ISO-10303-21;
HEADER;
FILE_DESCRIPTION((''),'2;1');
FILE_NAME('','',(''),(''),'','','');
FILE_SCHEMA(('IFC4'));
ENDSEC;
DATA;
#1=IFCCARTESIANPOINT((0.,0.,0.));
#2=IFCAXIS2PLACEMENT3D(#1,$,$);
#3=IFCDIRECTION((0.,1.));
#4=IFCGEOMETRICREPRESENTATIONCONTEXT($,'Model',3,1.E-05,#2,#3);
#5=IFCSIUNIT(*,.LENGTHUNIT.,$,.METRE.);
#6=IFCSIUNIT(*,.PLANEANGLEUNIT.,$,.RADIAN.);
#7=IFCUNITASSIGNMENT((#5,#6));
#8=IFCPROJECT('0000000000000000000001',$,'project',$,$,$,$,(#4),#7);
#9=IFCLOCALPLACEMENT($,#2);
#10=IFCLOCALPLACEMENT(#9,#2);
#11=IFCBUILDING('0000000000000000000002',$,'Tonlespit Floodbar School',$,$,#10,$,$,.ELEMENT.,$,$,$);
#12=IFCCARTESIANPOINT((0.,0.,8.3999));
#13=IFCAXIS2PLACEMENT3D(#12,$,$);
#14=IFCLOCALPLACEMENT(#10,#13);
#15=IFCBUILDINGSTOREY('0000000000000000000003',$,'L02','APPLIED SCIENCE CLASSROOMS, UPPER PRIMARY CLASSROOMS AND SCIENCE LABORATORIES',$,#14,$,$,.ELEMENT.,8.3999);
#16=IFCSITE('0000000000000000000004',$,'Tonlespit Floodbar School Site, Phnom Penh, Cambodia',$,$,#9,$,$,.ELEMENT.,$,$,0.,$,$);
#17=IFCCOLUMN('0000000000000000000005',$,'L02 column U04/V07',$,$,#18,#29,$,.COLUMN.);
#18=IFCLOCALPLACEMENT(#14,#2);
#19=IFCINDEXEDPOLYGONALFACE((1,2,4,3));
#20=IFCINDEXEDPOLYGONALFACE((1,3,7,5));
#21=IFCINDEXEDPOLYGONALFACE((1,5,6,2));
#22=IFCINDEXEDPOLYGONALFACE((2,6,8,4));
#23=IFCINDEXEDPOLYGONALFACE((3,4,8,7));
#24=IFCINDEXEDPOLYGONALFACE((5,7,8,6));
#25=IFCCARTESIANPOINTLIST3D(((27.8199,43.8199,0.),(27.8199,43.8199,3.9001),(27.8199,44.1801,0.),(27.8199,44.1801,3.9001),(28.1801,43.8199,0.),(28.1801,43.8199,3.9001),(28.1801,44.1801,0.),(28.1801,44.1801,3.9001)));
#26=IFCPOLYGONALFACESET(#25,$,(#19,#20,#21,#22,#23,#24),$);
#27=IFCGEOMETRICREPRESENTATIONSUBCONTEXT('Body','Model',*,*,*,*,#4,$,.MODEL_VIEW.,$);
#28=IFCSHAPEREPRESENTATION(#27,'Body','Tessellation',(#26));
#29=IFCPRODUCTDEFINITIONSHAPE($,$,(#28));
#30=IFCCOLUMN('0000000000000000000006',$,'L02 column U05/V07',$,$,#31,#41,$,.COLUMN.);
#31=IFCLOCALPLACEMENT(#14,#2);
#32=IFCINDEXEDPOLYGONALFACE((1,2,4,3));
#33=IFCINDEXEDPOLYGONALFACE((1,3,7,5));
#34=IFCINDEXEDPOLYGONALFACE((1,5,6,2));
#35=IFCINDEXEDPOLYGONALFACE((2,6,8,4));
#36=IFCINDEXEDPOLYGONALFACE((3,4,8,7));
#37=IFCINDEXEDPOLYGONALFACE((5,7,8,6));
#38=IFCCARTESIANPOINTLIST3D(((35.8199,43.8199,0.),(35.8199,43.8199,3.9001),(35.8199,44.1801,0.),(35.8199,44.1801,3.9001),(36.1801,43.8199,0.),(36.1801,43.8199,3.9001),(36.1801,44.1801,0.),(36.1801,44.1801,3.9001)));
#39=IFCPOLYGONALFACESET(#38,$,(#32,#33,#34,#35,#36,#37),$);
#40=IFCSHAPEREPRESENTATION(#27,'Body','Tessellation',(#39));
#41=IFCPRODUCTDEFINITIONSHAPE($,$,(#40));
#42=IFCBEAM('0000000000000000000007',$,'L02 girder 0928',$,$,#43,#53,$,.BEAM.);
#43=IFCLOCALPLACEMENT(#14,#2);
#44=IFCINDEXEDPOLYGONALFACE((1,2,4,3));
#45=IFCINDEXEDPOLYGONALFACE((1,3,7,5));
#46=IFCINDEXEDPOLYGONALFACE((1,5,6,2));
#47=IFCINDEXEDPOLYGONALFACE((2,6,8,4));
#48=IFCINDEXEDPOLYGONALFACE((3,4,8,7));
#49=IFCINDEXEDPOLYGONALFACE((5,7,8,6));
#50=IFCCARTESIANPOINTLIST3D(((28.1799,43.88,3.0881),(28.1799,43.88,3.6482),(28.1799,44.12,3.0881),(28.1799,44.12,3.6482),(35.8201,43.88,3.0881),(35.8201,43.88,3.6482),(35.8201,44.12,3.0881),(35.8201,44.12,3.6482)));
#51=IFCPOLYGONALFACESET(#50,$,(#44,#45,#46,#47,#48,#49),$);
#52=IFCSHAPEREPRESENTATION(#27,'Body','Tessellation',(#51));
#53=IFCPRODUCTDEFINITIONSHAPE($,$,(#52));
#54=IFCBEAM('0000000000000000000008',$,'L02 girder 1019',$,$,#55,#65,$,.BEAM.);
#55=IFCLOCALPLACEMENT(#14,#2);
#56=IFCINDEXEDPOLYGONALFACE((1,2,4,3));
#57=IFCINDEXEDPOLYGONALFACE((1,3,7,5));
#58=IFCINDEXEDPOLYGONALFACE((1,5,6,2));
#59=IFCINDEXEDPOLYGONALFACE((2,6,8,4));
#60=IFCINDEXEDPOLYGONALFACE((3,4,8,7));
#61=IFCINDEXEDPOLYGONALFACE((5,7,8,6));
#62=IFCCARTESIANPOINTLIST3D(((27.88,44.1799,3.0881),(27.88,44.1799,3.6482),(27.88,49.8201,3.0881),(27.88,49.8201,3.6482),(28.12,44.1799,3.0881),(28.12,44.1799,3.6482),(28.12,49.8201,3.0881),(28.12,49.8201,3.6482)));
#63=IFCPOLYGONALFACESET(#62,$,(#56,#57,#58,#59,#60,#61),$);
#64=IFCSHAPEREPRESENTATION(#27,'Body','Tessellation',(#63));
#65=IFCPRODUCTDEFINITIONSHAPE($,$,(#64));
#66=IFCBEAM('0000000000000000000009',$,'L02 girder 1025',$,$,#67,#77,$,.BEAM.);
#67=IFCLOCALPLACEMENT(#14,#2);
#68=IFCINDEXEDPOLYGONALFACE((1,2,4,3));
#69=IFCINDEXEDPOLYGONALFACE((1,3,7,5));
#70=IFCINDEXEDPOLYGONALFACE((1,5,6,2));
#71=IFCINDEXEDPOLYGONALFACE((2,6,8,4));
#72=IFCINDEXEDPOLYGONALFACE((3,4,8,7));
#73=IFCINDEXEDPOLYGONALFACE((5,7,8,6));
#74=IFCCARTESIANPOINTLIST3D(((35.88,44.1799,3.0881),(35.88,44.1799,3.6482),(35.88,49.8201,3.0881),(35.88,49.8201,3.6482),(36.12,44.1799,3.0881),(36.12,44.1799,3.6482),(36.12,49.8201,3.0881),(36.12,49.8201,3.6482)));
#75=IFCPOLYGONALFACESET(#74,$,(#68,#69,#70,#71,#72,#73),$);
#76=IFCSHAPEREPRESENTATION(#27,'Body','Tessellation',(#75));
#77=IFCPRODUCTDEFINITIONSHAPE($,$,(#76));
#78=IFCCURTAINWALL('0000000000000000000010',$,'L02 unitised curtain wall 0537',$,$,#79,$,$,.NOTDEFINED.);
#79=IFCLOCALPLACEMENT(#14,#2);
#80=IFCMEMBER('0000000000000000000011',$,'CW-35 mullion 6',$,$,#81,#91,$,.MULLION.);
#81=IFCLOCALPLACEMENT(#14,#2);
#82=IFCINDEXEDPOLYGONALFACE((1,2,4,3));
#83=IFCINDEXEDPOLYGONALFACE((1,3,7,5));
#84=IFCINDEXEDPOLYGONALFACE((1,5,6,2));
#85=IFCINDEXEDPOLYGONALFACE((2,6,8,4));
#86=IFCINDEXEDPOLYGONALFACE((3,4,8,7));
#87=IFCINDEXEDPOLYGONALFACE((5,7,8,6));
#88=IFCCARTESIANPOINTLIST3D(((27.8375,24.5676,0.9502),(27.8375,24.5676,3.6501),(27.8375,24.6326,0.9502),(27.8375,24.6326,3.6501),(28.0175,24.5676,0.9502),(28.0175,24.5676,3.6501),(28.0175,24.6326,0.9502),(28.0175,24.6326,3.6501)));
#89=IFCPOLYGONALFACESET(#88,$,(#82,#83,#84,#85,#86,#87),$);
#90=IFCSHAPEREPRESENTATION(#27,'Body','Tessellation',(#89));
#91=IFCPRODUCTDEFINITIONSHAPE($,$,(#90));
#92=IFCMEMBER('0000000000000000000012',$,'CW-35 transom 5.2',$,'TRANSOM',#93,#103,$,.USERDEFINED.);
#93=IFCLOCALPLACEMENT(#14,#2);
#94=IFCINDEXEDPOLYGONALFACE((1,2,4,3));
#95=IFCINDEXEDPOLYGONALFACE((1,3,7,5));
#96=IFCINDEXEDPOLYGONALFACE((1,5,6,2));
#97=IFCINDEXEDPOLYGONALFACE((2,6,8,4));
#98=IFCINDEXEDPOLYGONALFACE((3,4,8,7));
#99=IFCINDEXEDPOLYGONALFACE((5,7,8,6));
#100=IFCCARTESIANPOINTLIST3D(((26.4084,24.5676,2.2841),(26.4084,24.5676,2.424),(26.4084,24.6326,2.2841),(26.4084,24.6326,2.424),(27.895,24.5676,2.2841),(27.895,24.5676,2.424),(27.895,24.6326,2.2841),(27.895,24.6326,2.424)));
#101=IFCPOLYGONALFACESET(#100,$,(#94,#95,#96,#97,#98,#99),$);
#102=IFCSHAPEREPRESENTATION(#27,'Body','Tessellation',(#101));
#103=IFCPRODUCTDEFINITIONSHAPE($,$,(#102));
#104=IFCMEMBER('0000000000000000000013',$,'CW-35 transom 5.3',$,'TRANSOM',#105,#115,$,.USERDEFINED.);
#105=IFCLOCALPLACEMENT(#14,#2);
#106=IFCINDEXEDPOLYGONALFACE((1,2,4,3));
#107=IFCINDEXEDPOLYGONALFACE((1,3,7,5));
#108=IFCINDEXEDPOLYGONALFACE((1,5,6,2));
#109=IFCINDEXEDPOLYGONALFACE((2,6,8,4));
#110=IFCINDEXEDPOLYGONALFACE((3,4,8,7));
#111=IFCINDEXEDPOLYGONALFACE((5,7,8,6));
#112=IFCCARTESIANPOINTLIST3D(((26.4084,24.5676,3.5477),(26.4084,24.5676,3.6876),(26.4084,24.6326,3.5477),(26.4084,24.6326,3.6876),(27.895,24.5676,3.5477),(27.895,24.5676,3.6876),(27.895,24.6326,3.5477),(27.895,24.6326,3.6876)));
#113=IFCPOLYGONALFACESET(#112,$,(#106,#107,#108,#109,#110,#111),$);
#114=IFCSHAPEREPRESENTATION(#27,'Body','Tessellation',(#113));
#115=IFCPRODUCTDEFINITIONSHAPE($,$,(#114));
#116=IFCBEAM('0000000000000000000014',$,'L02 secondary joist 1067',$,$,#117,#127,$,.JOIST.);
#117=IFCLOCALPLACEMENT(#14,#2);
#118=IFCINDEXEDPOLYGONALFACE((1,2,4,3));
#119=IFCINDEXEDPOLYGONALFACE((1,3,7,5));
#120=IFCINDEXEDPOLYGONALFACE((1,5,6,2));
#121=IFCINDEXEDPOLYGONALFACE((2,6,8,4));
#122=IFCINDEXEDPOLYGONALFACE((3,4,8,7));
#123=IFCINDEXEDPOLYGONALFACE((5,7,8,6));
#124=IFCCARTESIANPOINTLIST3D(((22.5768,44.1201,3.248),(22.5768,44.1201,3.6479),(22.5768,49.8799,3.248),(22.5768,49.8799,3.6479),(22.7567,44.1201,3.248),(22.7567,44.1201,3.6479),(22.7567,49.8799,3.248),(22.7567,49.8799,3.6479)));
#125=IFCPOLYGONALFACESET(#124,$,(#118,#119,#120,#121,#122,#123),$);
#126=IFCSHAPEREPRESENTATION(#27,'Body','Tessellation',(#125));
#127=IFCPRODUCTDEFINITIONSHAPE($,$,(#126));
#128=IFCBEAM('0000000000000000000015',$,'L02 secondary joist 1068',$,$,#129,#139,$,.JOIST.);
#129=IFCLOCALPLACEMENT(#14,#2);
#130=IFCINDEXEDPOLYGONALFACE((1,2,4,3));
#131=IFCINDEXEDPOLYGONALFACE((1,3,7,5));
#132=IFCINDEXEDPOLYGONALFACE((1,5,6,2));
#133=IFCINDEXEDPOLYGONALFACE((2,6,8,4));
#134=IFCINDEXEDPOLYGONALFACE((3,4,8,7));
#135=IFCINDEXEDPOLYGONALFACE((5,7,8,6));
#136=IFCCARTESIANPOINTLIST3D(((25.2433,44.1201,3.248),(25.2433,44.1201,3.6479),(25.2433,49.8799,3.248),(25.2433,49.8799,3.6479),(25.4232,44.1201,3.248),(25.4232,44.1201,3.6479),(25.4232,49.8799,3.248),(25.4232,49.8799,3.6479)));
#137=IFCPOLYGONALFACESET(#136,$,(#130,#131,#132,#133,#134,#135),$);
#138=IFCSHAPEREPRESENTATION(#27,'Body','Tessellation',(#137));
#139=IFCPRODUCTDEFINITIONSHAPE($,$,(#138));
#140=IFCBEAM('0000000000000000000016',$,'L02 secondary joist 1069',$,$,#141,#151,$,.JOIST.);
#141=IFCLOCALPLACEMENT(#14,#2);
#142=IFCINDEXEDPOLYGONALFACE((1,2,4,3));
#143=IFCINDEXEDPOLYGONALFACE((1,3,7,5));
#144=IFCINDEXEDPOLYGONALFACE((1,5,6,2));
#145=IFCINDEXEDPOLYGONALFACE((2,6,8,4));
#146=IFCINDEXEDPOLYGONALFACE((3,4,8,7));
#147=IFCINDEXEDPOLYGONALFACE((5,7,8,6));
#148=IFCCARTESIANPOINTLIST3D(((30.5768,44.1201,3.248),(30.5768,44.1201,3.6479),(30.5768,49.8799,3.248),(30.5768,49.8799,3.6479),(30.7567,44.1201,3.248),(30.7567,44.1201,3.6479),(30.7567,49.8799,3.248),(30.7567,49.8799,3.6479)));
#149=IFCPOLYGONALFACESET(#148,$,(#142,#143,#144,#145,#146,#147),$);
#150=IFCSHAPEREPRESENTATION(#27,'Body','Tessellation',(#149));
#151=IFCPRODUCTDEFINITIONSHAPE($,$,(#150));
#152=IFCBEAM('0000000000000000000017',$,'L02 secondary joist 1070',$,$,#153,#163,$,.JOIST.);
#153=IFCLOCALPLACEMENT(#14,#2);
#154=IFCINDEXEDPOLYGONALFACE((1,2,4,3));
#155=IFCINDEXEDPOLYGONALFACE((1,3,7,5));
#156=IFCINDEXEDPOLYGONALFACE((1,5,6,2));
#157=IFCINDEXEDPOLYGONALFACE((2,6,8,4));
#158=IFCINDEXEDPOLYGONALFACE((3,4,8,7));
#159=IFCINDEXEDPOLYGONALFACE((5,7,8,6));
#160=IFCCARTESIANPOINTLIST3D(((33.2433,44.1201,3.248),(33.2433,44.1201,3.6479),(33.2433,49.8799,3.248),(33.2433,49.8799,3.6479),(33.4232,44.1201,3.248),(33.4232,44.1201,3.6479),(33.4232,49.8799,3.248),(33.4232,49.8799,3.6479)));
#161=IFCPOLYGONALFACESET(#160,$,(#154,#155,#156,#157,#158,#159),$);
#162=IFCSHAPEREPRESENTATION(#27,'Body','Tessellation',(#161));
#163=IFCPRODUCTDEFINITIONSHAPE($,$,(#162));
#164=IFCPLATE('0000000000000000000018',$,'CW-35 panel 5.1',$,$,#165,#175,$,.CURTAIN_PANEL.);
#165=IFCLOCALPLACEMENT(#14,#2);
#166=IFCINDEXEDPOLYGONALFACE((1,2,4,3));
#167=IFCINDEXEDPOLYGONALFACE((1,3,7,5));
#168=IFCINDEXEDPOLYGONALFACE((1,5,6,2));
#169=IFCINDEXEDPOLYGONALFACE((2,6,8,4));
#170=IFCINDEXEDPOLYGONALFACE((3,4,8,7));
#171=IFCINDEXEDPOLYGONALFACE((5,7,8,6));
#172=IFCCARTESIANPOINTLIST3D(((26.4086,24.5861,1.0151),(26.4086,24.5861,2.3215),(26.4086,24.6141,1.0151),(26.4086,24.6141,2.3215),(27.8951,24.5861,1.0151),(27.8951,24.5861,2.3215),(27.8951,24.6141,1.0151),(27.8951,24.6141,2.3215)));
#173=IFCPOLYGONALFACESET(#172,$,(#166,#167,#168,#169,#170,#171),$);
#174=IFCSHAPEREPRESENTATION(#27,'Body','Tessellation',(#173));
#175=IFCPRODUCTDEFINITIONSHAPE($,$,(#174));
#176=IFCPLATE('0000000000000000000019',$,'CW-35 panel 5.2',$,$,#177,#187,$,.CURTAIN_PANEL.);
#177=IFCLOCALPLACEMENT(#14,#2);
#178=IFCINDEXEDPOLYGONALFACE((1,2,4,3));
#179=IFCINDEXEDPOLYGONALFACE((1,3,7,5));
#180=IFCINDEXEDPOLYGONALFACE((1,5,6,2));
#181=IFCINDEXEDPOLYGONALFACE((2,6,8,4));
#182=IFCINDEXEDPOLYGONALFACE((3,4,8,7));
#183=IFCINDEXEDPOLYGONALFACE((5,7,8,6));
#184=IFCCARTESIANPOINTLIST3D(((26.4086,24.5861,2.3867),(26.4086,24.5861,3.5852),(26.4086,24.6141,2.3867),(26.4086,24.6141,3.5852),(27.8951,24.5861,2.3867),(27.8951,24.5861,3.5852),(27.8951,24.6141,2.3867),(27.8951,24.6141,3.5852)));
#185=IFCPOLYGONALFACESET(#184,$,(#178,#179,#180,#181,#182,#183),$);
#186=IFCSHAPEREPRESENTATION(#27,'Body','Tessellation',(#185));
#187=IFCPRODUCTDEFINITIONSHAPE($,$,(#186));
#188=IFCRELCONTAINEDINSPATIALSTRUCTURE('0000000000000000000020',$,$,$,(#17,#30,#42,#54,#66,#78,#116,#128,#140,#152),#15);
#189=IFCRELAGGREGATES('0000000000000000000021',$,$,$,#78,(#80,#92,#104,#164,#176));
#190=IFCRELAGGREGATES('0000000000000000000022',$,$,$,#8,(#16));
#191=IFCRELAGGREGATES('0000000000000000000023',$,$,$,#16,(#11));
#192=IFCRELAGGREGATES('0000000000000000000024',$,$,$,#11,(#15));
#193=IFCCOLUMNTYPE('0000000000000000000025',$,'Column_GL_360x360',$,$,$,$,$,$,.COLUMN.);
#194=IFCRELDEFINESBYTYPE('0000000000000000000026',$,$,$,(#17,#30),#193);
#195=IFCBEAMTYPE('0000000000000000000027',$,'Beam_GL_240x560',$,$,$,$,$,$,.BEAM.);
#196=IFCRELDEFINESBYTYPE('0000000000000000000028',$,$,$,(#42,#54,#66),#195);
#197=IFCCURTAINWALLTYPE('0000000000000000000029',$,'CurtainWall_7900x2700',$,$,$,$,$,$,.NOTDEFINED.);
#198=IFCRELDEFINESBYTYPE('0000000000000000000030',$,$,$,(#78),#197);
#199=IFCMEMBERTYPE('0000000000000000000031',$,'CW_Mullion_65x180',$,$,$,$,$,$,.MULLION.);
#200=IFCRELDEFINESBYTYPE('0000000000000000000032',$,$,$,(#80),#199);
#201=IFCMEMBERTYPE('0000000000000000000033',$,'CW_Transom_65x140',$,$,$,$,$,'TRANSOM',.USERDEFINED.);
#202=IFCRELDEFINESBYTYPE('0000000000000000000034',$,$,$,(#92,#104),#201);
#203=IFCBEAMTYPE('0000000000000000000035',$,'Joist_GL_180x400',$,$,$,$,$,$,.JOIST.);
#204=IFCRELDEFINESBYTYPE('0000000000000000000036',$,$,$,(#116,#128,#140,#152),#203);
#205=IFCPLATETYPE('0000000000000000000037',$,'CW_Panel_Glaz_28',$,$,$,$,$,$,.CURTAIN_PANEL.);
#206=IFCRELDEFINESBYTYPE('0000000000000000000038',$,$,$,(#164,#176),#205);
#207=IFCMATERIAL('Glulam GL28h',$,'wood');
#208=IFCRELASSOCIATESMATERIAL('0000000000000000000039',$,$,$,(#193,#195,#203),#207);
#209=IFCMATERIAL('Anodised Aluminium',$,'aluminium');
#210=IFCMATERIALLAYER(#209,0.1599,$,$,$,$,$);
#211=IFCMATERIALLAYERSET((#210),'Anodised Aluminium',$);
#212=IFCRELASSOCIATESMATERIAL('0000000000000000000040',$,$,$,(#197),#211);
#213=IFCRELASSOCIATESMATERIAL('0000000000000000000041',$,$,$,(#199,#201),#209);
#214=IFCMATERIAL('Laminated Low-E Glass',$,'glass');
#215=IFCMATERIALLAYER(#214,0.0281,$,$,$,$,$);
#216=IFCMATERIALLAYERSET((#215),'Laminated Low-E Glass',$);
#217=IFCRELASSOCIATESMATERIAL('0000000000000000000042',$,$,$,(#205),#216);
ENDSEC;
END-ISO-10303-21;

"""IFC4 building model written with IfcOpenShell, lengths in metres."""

from ifc_helpers import new_model, si_unit, direction, frame, origin, origin_2d, place, context, subcontext, project, spatial, rectangle, extrude, material, layer, layer_set, material_profile, profile_set, type_object, element, aggregate, save


model = new_model("IFC4")

# Units and contexts
model_context = context("Model", 3, precision=1e-05, world=origin(), true_north=direction((0.0, 1.0)))
body_context = subcontext(model_context, "Body", "Model", "MODEL_VIEW")
ifc_project = project(units=[si_unit("LENGTHUNIT", "METRE"), si_unit("PLANEANGLEUNIT", "RADIAN")], contexts=[model_context])

# Site, building, storey
site_placement = place(None, origin())
site = spatial("IfcSite", under=ifc_project, at=site_placement, Name="Tonlespit Floodbar School Site, Phnom Penh, Cambodia", CompositionType="ELEMENT", RefElevation=0.0)
building_placement = place(site_placement, origin())
building = spatial("IfcBuilding", under=site, at=building_placement, Name="Tonlespit Floodbar School", CompositionType="ELEMENT")
storey_placement = place(building_placement, frame((0.0, 0.0, 8.3999)))
storey = spatial("IfcBuildingStorey", under=building, at=storey_placement, Name="L02", Description="APPLIED SCIENCE CLASSROOMS, UPPER PRIMARY CLASSROOMS AND SCIENCE LABORATORIES", CompositionType="ELEMENT", Elevation=8.3999)

# Columns
ifc_material_1 = material(Name="Glulam GL28h", Category="wood")
ifc_material_profile_1 = material_profile(ifc_material_1, rectangle(XDim=0.3601, YDim=0.3601, at=origin_2d()), Name="GL 360x360")
ifc_profile_set_1 = profile_set([ifc_material_profile_1], Name="Glulam GL28h")
column_type = type_object("IfcColumnType", Name="Column_GL_360x360", PredefinedType="COLUMN", material=ifc_profile_set_1)
for number, where, z_axis, x_axis, name in (
    (1, (28.0, 44.0, 0.0), (0.0, 0.0, 1.0), (1.0, 0.0, 0.0), "L02 column U04/V07"),
    (2, (36.0, 44.0, 0.0), (0.0, 0.0, 1.0), (1.0, 0.0, 0.0), "L02 column U05/V07"),
):
    element("IfcColumn", number, at=place(storey_placement, frame(where, z_axis=z_axis, x_axis=x_axis)), inside=storey, type_object=column_type, Name=name, PredefinedType="COLUMN", context=body_context, shape_type="SweptSolid", body=[
        extrude(rectangle(XDim=0.3601, YDim=0.3601, at=origin_2d()), origin(), (0.0, 0.0, 1.0), 3.9001),
    ])

# Beams
ifc_material_profile_2 = material_profile(ifc_material_1, rectangle(XDim=0.24, YDim=0.5601, at=origin_2d()), Name="GL 240x560")
ifc_profile_set_2 = profile_set([ifc_material_profile_2], Name="Glulam GL28h")
beam_type_1 = type_object("IfcBeamType", Name="Beam_GL_240x560", PredefinedType="BEAM", material=ifc_profile_set_2)
beam_placement = place(storey_placement, frame((28.1799, 44.0, 3.3682), z_axis=(1.0, 0.0, 0.0), x_axis=(0.0, 1.0, 0.0)))
element("IfcBeam", 3, at=beam_placement, inside=storey, type_object=beam_type_1, Name="L02 girder 0928", PredefinedType="BEAM", context=body_context, shape_type="SweptSolid", body=[
    extrude(rectangle(XDim=0.24, YDim=0.5601, at=origin_2d()), origin(), (0.0, 0.0, 1.0), 7.6401),
])
for number, where, z_axis, x_axis, name in (
    (4, (28.0, 44.1799, 3.3682), (0.0, 1.0, 0.0), (-1.0, 0.0, 0.0), "L02 girder 1019"),
    (5, (36.0, 44.1799, 3.3682), (0.0, 1.0, 0.0), (-1.0, 0.0, 0.0), "L02 girder 1025"),
):
    element("IfcBeam", number, at=place(storey_placement, frame(where, z_axis=z_axis, x_axis=x_axis)), inside=storey, type_object=beam_type_1, Name=name, PredefinedType="BEAM", context=body_context, shape_type="SweptSolid", body=[
        extrude(rectangle(XDim=0.24, YDim=0.5601, at=origin_2d()), origin(), (0.0, 0.0, 1.0), 5.6401),
    ])

# Curtain wall, members
ifc_material_2 = material(Name="Anodised Aluminium", Category="aluminium")
ifc_layer_1 = layer(ifc_material_2, 0.1599)
ifc_layer_set_1 = layer_set([ifc_layer_1], Name="Anodised Aluminium")
curtain_wall_type = type_object("IfcCurtainWallType", Name="CurtainWall_7900x2700", PredefinedType="NOTDEFINED", material=ifc_layer_set_1)
curtain_wall_placement = place(storey_placement, origin())
curtain_wall = element("IfcCurtainWall", 6, at=curtain_wall_placement, inside=storey, type_object=curtain_wall_type, Name="L02 unitised curtain wall 0537", PredefinedType="NOTDEFINED")
ifc_material_profile_3 = material_profile(ifc_material_2, rectangle(XDim=0.0649, YDim=0.1799, at=origin_2d()), Name="ALU M65x180")
ifc_profile_set_3 = profile_set([ifc_material_profile_3], Name="Anodised Aluminium")
member_type_1 = type_object("IfcMemberType", Name="CW_Mullion_65x180", PredefinedType="MULLION", material=ifc_profile_set_3)
member_1_placement = place(storey_placement, frame((27.9275, 24.6001, 0.9502), z_axis=(0.0, 0.0, 1.0), x_axis=(0.0, 1.0, 0.0)))
member_1 = element("IfcMember", 7, at=member_1_placement, type_object=member_type_1, Name="CW-35 mullion 6", PredefinedType="MULLION", context=body_context, shape_type="SweptSolid", body=[
    extrude(rectangle(XDim=0.0649, YDim=0.1799, at=origin_2d()), origin(), (0.0, 0.0, 1.0), 2.7),
])
ifc_material_profile_4 = material_profile(ifc_material_2, rectangle(XDim=0.0649, YDim=0.1399, at=origin_2d()), Name="ALU T65x140")
ifc_profile_set_4 = profile_set([ifc_material_profile_4], Name="Anodised Aluminium")
member_type_2 = type_object("IfcMemberType", Name="CW_Transom_65x140", ElementType="TRANSOM", PredefinedType="USERDEFINED", material=ifc_profile_set_4)
member_2_placement = place(storey_placement, frame((26.4084, 24.6001, 2.354), z_axis=(1.0, 0.0, 0.0), x_axis=(0.0, 1.0, 0.0)))
member_2 = element("IfcMember", 8, at=member_2_placement, type_object=member_type_2, Name="CW-35 transom 5.2", ObjectType="TRANSOM", PredefinedType="USERDEFINED", context=body_context, shape_type="SweptSolid", body=[
    extrude(rectangle(XDim=0.0649, YDim=0.1399, at=origin_2d()), origin(), (0.0, 0.0, 1.0), 1.4866),
])
member_3_placement = place(storey_placement, frame((26.4084, 24.6001, 3.6177), z_axis=(1.0, 0.0, 0.0), x_axis=(0.0, 1.0, 0.0)))
member_3 = element("IfcMember", 9, at=member_3_placement, type_object=member_type_2, Name="CW-35 transom 5.3", ObjectType="TRANSOM", PredefinedType="USERDEFINED", context=body_context, shape_type="SweptSolid", body=[
    extrude(rectangle(XDim=0.0649, YDim=0.1399, at=origin_2d()), origin(), (0.0, 0.0, 1.0), 1.4866),
])

# Beams
ifc_material_profile_5 = material_profile(ifc_material_1, rectangle(XDim=0.1799, YDim=0.3999, at=origin_2d()), Name="GL 180x400")
ifc_profile_set_5 = profile_set([ifc_material_profile_5], Name="Glulam GL28h")
beam_type_2 = type_object("IfcBeamType", Name="Joist_GL_180x400", PredefinedType="JOIST", material=ifc_profile_set_5)
for number, where, z_axis, x_axis, name in (
    (10, (22.6667, 44.1201, 3.448), (0.0, 1.0, 0.0), (-1.0, 0.0, 0.0), "L02 secondary joist 1067"),
    (11, (25.3333, 44.1201, 3.448), (0.0, 1.0, 0.0), (-1.0, 0.0, 0.0), "L02 secondary joist 1068"),
    (12, (30.6667, 44.1201, 3.448), (0.0, 1.0, 0.0), (-1.0, 0.0, 0.0), "L02 secondary joist 1069"),
    (13, (33.3333, 44.1201, 3.448), (0.0, 1.0, 0.0), (-1.0, 0.0, 0.0), "L02 secondary joist 1070"),
):
    element("IfcBeam", number, at=place(storey_placement, frame(where, z_axis=z_axis, x_axis=x_axis)), inside=storey, type_object=beam_type_2, Name=name, PredefinedType="JOIST", context=body_context, shape_type="SweptSolid", body=[
        extrude(rectangle(XDim=0.1799, YDim=0.3999, at=origin_2d()), origin(), (0.0, 0.0, 1.0), 5.7598),
    ])

# Plates
ifc_material_3 = material(Name="Laminated Low-E Glass", Category="glass")
ifc_layer_2 = layer(ifc_material_3, 0.0281)
ifc_layer_set_2 = layer_set([ifc_layer_2], Name="Laminated Low-E Glass")
plate_type = type_object("IfcPlateType", Name="CW_Panel_Glaz_28", PredefinedType="CURTAIN_PANEL", material=ifc_layer_set_2)
plate_1_placement = place(storey_placement, frame((27.1519, 24.6001, 1.0151), z_axis=(0.0, 0.0, 1.0), x_axis=(1.0, 0.0, 0.0)))
plate_1 = element("IfcPlate", 14, at=plate_1_placement, type_object=plate_type, Name="CW-35 panel 5.1", PredefinedType="CURTAIN_PANEL", context=body_context, shape_type="SweptSolid", body=[
    extrude(rectangle(XDim=1.4866, YDim=0.0281, at=origin_2d()), origin(), (0.0, 0.0, 1.0), 1.3064),
])
plate_2_placement = place(storey_placement, frame((27.1519, 24.6001, 2.3867), z_axis=(0.0, 0.0, 1.0), x_axis=(1.0, 0.0, 0.0)))
plate_2 = element("IfcPlate", 15, at=plate_2_placement, type_object=plate_type, Name="CW-35 panel 5.2", PredefinedType="CURTAIN_PANEL", context=body_context, shape_type="SweptSolid", body=[
    extrude(rectangle(XDim=1.4866, YDim=0.0281, at=origin_2d()), origin(), (0.0, 0.0, 1.0), 1.1985),
])
aggregate(curtain_wall, [member_1, member_2, member_3, plate_1, plate_2])

save(model, "model.ifc")
